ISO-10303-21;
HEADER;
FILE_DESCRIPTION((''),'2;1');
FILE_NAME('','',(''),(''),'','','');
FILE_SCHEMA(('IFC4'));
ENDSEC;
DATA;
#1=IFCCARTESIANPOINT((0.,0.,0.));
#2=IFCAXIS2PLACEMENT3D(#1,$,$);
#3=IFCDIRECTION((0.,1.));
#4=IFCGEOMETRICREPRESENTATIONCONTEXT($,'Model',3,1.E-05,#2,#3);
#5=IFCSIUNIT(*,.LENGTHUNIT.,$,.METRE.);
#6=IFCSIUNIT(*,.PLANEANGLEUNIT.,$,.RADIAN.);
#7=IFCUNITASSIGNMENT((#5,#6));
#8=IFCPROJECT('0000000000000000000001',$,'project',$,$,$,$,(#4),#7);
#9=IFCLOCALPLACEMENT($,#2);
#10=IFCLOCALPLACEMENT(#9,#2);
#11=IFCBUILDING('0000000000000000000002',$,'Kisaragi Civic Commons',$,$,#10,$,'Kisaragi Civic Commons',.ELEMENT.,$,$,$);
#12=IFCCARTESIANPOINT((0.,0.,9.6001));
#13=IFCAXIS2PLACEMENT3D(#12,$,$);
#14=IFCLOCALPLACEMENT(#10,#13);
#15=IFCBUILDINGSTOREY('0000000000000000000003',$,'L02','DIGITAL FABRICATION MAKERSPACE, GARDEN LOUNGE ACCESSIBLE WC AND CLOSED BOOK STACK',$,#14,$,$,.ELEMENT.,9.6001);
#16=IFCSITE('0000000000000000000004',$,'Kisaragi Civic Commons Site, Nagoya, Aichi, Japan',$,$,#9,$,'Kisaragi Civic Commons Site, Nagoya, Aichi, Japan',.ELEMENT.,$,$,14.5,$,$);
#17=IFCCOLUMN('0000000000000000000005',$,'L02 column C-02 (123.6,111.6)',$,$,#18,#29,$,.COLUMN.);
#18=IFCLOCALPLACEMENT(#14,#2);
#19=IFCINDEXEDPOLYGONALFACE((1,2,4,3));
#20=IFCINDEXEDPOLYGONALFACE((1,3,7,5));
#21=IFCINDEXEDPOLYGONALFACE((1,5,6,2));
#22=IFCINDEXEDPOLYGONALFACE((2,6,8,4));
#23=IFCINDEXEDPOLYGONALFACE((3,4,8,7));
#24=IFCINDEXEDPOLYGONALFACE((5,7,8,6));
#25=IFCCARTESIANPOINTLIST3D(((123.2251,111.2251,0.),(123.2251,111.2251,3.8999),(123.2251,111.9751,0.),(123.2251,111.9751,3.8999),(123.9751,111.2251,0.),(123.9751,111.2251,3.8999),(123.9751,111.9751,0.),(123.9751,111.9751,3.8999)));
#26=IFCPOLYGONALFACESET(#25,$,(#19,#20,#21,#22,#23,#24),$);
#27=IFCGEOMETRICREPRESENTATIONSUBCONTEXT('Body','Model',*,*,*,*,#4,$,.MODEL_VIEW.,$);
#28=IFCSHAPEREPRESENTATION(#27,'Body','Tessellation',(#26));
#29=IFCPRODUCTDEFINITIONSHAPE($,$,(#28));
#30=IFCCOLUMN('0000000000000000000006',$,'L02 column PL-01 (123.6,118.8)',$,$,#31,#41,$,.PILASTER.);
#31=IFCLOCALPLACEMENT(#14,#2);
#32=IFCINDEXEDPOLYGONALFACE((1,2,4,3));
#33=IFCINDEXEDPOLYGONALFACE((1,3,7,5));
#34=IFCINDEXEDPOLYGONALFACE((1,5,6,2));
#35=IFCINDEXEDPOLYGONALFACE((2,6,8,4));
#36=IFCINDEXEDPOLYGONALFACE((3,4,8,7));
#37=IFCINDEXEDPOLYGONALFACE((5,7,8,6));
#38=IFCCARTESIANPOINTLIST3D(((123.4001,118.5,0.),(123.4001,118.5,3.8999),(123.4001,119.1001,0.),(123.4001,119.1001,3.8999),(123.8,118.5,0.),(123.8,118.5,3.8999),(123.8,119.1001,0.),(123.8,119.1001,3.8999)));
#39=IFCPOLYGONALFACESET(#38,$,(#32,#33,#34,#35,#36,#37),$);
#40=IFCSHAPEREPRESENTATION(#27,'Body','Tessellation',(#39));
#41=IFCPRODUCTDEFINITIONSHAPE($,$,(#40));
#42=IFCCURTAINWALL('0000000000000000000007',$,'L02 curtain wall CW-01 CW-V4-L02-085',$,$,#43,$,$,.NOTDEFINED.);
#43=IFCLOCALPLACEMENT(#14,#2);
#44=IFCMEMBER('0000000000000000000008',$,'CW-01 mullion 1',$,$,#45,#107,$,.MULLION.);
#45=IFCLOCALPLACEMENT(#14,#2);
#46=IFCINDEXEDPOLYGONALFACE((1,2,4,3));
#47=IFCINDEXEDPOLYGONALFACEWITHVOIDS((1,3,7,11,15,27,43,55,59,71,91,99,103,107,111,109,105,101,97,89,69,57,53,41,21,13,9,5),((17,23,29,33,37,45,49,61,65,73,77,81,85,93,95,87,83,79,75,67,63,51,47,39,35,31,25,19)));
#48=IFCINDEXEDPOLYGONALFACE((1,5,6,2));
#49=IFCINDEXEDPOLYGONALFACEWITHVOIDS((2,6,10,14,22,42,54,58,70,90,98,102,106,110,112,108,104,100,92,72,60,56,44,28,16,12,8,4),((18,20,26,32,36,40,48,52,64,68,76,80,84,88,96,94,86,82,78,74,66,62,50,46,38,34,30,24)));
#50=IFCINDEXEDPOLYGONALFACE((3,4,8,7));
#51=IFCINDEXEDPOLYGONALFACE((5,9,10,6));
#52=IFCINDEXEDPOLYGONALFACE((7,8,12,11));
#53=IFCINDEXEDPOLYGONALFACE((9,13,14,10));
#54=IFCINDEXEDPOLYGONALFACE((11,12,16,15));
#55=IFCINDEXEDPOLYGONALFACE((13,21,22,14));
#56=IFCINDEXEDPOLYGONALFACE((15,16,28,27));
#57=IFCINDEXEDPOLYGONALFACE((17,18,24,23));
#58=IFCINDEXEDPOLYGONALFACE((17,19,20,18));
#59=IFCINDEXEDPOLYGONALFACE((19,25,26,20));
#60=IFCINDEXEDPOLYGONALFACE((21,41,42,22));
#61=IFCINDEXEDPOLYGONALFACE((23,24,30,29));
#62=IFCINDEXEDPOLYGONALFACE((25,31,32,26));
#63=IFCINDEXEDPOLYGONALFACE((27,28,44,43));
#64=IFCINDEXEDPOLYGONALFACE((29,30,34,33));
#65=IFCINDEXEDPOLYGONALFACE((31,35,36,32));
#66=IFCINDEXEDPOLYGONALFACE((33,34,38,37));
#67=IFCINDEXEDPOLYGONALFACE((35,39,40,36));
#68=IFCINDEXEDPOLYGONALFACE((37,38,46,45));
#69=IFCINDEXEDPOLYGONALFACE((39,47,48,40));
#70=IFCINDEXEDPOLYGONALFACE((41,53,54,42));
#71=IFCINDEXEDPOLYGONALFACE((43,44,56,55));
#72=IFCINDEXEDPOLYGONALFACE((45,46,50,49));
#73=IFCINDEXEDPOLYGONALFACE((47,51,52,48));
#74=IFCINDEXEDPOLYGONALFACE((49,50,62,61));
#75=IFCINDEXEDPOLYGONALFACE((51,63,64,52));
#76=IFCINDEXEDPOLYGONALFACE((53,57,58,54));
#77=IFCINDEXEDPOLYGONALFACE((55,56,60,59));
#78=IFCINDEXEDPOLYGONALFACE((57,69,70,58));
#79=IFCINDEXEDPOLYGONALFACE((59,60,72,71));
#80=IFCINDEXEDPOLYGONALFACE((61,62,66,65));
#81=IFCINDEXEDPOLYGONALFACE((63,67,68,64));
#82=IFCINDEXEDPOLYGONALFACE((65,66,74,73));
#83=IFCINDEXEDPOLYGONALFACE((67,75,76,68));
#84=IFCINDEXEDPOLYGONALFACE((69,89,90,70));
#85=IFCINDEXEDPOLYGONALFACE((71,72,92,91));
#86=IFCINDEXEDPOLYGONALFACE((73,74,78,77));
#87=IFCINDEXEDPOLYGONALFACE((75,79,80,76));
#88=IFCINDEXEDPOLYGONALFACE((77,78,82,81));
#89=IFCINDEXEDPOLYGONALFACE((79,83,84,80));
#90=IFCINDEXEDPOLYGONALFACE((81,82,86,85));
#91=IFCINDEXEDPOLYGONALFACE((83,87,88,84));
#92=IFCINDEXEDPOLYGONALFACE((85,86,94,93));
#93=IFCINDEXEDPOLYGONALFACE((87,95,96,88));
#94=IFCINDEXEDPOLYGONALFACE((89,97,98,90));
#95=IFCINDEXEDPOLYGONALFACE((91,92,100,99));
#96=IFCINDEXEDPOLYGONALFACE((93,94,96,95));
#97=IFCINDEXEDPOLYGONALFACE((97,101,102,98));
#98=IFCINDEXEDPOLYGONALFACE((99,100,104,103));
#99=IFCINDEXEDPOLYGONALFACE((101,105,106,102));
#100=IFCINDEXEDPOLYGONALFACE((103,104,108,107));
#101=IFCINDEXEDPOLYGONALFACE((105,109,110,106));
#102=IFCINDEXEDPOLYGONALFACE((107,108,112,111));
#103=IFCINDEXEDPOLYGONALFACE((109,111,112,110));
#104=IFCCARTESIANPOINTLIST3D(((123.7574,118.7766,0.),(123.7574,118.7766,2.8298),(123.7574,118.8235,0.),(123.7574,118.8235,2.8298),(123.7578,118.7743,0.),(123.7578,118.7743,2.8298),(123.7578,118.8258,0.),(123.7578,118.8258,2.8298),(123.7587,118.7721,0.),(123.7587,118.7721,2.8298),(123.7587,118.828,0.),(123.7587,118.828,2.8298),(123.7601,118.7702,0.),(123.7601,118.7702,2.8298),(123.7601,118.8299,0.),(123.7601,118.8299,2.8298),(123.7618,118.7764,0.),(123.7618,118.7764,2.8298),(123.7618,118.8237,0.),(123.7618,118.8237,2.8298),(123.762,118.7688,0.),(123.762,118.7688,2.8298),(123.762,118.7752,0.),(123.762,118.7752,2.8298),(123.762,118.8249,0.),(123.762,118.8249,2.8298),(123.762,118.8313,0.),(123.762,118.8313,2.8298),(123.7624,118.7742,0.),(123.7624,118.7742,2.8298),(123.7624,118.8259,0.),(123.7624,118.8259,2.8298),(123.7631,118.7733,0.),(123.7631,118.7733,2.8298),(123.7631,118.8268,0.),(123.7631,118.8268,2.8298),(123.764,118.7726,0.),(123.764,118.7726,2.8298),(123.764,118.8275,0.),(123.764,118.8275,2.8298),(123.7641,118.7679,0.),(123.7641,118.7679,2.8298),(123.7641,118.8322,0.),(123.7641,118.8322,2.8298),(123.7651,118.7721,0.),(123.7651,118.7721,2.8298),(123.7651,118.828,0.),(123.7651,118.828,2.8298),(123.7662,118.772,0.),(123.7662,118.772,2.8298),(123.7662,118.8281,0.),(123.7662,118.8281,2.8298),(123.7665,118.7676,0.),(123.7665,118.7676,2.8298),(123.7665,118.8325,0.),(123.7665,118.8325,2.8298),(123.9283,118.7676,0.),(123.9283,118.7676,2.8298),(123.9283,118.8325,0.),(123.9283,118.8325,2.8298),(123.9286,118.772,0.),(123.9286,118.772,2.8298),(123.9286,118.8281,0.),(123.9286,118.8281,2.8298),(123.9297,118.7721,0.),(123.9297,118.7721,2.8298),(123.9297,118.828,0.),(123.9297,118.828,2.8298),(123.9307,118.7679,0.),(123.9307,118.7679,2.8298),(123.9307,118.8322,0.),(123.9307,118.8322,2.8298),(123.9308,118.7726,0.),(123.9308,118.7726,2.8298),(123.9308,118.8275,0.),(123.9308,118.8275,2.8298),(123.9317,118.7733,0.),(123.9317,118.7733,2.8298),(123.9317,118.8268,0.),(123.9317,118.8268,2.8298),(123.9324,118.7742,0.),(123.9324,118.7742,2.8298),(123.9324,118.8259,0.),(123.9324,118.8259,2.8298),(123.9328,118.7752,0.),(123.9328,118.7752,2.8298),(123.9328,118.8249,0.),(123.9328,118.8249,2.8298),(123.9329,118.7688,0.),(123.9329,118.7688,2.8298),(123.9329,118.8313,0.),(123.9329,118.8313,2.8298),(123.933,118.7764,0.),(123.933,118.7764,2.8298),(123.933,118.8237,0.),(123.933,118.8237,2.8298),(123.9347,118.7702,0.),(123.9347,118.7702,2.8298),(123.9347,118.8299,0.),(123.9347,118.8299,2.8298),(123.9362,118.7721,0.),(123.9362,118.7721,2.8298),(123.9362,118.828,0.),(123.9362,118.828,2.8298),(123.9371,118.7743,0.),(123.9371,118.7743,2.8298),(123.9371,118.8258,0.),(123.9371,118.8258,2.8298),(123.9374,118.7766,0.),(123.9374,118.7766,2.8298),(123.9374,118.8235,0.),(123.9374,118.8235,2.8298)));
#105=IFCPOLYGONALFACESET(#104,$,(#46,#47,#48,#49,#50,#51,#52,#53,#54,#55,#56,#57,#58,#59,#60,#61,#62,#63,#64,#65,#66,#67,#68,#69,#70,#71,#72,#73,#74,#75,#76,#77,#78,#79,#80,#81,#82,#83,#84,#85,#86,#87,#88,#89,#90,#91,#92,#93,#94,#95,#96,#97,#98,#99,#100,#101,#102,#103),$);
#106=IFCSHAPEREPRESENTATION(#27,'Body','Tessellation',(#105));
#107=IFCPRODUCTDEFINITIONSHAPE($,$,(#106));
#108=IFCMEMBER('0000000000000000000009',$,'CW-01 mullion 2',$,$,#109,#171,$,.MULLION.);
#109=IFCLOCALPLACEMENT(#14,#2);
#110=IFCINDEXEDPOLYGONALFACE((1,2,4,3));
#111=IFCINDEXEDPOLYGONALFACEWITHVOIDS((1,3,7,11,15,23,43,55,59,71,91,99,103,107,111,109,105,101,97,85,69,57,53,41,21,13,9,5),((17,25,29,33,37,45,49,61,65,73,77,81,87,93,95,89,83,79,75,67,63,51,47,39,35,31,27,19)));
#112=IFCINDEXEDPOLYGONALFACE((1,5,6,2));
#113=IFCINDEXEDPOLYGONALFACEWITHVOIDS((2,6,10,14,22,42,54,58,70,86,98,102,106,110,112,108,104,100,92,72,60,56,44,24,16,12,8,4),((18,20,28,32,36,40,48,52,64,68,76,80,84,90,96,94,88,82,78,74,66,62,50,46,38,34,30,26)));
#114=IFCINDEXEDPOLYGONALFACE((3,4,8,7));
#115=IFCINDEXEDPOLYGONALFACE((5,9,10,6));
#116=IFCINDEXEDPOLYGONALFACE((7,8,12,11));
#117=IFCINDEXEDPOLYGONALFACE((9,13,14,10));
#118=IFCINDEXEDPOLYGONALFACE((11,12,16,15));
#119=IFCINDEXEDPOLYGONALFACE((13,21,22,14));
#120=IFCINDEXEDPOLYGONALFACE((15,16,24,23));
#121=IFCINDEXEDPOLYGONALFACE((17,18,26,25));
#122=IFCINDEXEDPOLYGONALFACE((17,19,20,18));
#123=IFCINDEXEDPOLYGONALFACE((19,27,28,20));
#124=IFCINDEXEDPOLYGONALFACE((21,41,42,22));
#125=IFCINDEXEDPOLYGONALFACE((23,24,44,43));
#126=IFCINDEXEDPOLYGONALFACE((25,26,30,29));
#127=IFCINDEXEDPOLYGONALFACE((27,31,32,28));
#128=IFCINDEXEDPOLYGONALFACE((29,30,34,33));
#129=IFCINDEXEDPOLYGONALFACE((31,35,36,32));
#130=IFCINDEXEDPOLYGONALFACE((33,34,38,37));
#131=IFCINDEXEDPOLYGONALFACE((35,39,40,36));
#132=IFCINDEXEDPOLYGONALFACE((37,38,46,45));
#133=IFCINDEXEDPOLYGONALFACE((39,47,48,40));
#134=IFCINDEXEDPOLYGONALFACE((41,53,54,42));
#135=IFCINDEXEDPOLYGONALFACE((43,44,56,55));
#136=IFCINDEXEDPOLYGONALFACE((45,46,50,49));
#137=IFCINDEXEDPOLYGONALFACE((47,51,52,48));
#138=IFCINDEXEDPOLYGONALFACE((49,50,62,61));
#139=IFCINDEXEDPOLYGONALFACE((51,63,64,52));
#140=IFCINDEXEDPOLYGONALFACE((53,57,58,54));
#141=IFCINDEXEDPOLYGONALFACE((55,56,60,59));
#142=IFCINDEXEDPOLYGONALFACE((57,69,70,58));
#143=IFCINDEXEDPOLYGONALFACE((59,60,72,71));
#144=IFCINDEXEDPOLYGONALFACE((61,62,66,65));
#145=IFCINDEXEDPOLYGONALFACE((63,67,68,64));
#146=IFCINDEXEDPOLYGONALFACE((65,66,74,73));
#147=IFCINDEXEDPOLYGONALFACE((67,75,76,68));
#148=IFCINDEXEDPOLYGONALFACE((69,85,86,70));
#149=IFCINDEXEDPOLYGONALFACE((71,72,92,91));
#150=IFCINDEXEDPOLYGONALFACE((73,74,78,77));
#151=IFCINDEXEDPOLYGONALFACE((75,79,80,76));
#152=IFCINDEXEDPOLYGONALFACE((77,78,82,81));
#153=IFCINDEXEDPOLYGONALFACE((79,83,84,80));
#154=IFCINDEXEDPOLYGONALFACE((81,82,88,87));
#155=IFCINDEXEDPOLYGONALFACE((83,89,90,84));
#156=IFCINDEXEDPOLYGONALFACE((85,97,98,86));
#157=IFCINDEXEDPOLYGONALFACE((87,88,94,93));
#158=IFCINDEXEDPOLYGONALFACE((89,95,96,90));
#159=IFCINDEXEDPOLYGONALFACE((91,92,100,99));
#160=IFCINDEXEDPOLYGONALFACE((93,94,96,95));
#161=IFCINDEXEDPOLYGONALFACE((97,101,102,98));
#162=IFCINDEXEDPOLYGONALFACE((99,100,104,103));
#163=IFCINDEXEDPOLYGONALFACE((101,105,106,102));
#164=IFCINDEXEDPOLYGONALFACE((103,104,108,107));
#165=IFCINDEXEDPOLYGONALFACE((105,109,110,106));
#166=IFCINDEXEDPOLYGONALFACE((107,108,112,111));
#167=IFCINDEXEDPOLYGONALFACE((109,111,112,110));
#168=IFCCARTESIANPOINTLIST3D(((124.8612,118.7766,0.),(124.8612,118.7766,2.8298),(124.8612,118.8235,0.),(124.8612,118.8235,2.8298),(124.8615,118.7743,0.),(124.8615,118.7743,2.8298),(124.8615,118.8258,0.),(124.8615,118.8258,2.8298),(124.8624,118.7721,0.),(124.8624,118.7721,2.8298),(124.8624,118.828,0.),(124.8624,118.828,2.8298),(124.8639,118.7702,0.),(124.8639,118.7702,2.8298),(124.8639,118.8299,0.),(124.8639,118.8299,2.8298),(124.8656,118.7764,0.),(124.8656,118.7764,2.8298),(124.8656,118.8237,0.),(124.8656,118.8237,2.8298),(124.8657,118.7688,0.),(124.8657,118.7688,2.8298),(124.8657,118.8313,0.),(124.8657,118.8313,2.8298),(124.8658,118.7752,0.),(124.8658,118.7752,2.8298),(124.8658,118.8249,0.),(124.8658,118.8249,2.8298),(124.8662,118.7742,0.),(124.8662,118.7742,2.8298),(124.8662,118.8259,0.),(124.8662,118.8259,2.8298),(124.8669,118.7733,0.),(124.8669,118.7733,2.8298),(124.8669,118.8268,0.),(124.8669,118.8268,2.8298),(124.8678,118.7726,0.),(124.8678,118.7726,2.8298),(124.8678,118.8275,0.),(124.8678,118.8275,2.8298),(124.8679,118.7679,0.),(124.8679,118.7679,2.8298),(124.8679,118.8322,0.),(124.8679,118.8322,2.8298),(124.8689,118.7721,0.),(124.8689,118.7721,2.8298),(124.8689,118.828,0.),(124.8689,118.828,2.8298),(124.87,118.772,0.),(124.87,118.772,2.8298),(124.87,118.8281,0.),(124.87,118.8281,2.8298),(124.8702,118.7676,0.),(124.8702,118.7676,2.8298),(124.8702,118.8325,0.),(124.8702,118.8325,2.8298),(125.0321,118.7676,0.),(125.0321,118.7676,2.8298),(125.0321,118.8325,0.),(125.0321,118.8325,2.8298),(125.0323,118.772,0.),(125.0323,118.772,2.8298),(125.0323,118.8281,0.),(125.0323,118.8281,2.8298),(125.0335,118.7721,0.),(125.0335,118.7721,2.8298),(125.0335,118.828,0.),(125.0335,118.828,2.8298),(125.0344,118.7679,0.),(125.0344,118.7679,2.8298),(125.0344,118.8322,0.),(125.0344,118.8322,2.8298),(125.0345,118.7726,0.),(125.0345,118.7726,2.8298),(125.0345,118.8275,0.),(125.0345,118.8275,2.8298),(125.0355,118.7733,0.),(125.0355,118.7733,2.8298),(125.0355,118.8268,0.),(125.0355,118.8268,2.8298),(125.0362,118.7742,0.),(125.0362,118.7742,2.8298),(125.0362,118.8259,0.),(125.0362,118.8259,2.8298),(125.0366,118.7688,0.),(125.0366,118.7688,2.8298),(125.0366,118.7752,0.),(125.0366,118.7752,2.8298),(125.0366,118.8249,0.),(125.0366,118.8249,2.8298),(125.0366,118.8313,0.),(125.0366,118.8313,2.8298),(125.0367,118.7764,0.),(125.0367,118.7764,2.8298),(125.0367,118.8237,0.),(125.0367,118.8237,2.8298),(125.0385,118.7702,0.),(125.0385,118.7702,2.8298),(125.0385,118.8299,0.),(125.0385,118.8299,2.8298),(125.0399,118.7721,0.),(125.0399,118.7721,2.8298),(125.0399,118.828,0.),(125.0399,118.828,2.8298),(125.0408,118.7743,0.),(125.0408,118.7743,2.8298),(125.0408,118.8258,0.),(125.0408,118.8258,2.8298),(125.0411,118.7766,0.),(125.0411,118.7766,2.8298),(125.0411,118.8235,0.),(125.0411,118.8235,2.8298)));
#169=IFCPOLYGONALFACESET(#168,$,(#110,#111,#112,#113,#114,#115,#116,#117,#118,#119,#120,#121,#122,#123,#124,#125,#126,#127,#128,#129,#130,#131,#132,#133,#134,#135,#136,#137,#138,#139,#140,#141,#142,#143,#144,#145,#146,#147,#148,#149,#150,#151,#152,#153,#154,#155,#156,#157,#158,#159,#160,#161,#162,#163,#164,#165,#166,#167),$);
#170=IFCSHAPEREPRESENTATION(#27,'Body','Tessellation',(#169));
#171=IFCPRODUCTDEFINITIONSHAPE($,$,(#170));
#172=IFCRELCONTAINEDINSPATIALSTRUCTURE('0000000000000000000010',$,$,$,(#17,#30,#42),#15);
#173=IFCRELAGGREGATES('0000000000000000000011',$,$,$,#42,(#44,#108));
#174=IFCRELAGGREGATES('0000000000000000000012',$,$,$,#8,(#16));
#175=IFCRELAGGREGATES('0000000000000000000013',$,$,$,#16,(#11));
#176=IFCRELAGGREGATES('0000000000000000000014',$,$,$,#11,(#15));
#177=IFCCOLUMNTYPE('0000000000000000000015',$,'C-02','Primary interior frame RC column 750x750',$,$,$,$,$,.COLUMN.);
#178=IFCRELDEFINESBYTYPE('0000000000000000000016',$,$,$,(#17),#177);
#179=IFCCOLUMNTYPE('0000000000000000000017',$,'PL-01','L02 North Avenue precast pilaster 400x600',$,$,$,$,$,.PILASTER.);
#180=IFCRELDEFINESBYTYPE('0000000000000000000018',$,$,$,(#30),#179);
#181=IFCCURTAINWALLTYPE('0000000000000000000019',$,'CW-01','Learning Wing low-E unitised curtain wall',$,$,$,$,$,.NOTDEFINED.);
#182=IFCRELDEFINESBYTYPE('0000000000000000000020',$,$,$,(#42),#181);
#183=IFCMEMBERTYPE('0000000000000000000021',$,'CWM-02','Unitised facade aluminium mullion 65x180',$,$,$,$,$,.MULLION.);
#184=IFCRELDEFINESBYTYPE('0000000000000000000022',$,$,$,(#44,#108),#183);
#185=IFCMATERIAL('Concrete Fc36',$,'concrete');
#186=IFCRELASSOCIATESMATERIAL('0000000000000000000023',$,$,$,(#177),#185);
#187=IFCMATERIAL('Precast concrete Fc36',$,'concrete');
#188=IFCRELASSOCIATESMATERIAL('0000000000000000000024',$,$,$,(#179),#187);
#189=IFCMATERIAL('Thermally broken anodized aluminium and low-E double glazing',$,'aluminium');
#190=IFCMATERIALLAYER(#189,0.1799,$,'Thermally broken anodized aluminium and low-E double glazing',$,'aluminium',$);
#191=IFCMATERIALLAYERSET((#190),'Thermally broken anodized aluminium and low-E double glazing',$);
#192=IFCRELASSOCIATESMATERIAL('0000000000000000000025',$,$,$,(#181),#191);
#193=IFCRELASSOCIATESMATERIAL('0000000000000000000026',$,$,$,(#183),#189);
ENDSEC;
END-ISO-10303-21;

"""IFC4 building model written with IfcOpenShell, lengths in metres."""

from ifc_helpers import new_model, si_unit, direction, frame, origin, origin_2d, place, context, subcontext, project, spatial, rectangle, hollow_rectangle, extrude, material, layer, layer_set, material_profile, profile_set, type_object, element, aggregate, save


model = new_model("IFC4")

# Units and contexts
model_context = context("Model", 3, precision=1e-05, world=origin(), true_north=direction((0.0, 1.0)))
body_context = subcontext(model_context, "Body", "Model", "MODEL_VIEW")
ifc_project = project(units=[si_unit("LENGTHUNIT", "METRE"), si_unit("PLANEANGLEUNIT", "RADIAN")], contexts=[model_context])

# Site, building, storey
site_placement = place(None, origin())
site = spatial("IfcSite", under=ifc_project, at=site_placement, Name="Kisaragi Civic Commons Site, Nagoya, Aichi, Japan", LongName="Kisaragi Civic Commons Site, Nagoya, Aichi, Japan", CompositionType="ELEMENT", RefElevation=14.5)
building_placement = place(site_placement, origin())
building = spatial("IfcBuilding", under=site, at=building_placement, Name="Kisaragi Civic Commons", LongName="Kisaragi Civic Commons", CompositionType="ELEMENT")
storey_placement = place(building_placement, frame((0.0, 0.0, 9.6001)))
storey = spatial("IfcBuildingStorey", under=building, at=storey_placement, Name="L02", Description="DIGITAL FABRICATION MAKERSPACE, GARDEN LOUNGE ACCESSIBLE WC AND CLOSED BOOK STACK", CompositionType="ELEMENT", Elevation=9.6001)

# Columns
ifc_material_1 = material(Name="Concrete Fc36", Category="concrete")
ifc_material_profile_1 = material_profile(ifc_material_1, rectangle(XDim=0.75, YDim=0.75, at=origin_2d()), Name="RC-750x750", Category="concrete")
ifc_profile_set_1 = profile_set([ifc_material_profile_1], Name="Concrete Fc36")
column_type_1 = type_object("IfcColumnType", Name="C-02", Description="Primary interior frame RC column 750x750", PredefinedType="COLUMN", material=ifc_profile_set_1)
column_1_placement = place(storey_placement, frame((123.6001, 111.6001, 0.0), z_axis=(0.0, 0.0, 1.0), x_axis=(1.0, 0.0, 0.0)))
element("IfcColumn", 1, at=column_1_placement, inside=storey, type_object=column_type_1, Name="L02 column C-02 (123.6,111.6)", PredefinedType="COLUMN", context=body_context, shape_type="SweptSolid", body=[
    extrude(rectangle(XDim=0.75, YDim=0.75, at=origin_2d()), origin(), (0.0, 0.0, 1.0), 3.8999),
])
ifc_material_2 = material(Name="Precast concrete Fc36", Category="concrete")
ifc_material_profile_2 = material_profile(ifc_material_2, rectangle(XDim=0.3999, YDim=0.6001, at=origin_2d()), Name="RC-400x600", Category="concrete")
ifc_profile_set_2 = profile_set([ifc_material_profile_2], Name="Precast concrete Fc36")
column_type_2 = type_object("IfcColumnType", Name="PL-01", Description="L02 North Avenue precast pilaster 400x600", PredefinedType="PILASTER", material=ifc_profile_set_2)
column_2_placement = place(storey_placement, frame((123.6001, 118.8, 0.0), z_axis=(0.0, 0.0, 1.0), x_axis=(1.0, 0.0, 0.0)))
element("IfcColumn", 2, at=column_2_placement, inside=storey, type_object=column_type_2, Name="L02 column PL-01 (123.6,118.8)", PredefinedType="PILASTER", context=body_context, shape_type="SweptSolid", body=[
    extrude(rectangle(XDim=0.3999, YDim=0.6001, at=origin_2d()), origin(), (0.0, 0.0, 1.0), 3.8999),
])

# Curtain wall, members
ifc_material_3 = material(Name="Thermally broken anodized aluminium and low-E double glazing", Category="aluminium")
ifc_layer_1 = layer(ifc_material_3, 0.1799, Name="Thermally broken anodized aluminium and low-E double glazing", Category="aluminium")
ifc_layer_set_1 = layer_set([ifc_layer_1], Name="Thermally broken anodized aluminium and low-E double glazing")
curtain_wall_type = type_object("IfcCurtainWallType", Name="CW-01", Description="Learning Wing low-E unitised curtain wall", PredefinedType="NOTDEFINED", material=ifc_layer_set_1)
curtain_wall_placement = place(storey_placement, origin())
curtain_wall = element("IfcCurtainWall", 3, at=curtain_wall_placement, inside=storey, type_object=curtain_wall_type, Name="L02 curtain wall CW-01 CW-V4-L02-085", PredefinedType="NOTDEFINED")
ifc_material_profile_3 = material_profile(ifc_material_3, hollow_rectangle(XDim=0.0649, YDim=0.1799, WallThickness=0.0044, InnerFilletRadius=0.0044, OuterFilletRadius=0.009, at=origin_2d()), Name="CWM-65x180x4.5", Category="aluminium")
ifc_profile_set_3 = profile_set([ifc_material_profile_3], Name="Thermally broken anodized aluminium and low-E double glazing")
member_type_1 = type_object("IfcMemberType", Name="CWM-02", Description="Unitised facade aluminium mullion 65x180", PredefinedType="MULLION", material=ifc_profile_set_3)
member_1_placement = place(storey_placement, frame((123.8474, 118.8, 0.0), z_axis=(0.0, 0.0, 1.0), x_axis=(0.0, 1.0, 0.0)))
member_1 = element("IfcMember", 4, at=member_1_placement, type_object=member_type_1, Name="CW-01 mullion 1", PredefinedType="MULLION", context=body_context, shape_type="SweptSolid", body=[
    extrude(hollow_rectangle(XDim=0.0649, YDim=0.1799, WallThickness=0.0044, InnerFilletRadius=0.0044, OuterFilletRadius=0.009, at=origin_2d()), origin(), (0.0, 0.0, 1.0), 2.8298),
])
member_2_placement = place(storey_placement, frame((124.9512, 118.8, 0.0), z_axis=(0.0, 0.0, 1.0), x_axis=(0.0, 1.0, 0.0)))
member_2 = element("IfcMember", 5, at=member_2_placement, type_object=member_type_1, Name="CW-01 mullion 2", PredefinedType="MULLION", context=body_context, shape_type="SweptSolid", body=[
    extrude(hollow_rectangle(XDim=0.0649, YDim=0.1799, WallThickness=0.0044, InnerFilletRadius=0.0044, OuterFilletRadius=0.009, at=origin_2d()), origin(), (0.0, 0.0, 1.0), 2.8298),
])

aggregate(curtain_wall, [member_1, member_2])

save(model, "model.ifc")
